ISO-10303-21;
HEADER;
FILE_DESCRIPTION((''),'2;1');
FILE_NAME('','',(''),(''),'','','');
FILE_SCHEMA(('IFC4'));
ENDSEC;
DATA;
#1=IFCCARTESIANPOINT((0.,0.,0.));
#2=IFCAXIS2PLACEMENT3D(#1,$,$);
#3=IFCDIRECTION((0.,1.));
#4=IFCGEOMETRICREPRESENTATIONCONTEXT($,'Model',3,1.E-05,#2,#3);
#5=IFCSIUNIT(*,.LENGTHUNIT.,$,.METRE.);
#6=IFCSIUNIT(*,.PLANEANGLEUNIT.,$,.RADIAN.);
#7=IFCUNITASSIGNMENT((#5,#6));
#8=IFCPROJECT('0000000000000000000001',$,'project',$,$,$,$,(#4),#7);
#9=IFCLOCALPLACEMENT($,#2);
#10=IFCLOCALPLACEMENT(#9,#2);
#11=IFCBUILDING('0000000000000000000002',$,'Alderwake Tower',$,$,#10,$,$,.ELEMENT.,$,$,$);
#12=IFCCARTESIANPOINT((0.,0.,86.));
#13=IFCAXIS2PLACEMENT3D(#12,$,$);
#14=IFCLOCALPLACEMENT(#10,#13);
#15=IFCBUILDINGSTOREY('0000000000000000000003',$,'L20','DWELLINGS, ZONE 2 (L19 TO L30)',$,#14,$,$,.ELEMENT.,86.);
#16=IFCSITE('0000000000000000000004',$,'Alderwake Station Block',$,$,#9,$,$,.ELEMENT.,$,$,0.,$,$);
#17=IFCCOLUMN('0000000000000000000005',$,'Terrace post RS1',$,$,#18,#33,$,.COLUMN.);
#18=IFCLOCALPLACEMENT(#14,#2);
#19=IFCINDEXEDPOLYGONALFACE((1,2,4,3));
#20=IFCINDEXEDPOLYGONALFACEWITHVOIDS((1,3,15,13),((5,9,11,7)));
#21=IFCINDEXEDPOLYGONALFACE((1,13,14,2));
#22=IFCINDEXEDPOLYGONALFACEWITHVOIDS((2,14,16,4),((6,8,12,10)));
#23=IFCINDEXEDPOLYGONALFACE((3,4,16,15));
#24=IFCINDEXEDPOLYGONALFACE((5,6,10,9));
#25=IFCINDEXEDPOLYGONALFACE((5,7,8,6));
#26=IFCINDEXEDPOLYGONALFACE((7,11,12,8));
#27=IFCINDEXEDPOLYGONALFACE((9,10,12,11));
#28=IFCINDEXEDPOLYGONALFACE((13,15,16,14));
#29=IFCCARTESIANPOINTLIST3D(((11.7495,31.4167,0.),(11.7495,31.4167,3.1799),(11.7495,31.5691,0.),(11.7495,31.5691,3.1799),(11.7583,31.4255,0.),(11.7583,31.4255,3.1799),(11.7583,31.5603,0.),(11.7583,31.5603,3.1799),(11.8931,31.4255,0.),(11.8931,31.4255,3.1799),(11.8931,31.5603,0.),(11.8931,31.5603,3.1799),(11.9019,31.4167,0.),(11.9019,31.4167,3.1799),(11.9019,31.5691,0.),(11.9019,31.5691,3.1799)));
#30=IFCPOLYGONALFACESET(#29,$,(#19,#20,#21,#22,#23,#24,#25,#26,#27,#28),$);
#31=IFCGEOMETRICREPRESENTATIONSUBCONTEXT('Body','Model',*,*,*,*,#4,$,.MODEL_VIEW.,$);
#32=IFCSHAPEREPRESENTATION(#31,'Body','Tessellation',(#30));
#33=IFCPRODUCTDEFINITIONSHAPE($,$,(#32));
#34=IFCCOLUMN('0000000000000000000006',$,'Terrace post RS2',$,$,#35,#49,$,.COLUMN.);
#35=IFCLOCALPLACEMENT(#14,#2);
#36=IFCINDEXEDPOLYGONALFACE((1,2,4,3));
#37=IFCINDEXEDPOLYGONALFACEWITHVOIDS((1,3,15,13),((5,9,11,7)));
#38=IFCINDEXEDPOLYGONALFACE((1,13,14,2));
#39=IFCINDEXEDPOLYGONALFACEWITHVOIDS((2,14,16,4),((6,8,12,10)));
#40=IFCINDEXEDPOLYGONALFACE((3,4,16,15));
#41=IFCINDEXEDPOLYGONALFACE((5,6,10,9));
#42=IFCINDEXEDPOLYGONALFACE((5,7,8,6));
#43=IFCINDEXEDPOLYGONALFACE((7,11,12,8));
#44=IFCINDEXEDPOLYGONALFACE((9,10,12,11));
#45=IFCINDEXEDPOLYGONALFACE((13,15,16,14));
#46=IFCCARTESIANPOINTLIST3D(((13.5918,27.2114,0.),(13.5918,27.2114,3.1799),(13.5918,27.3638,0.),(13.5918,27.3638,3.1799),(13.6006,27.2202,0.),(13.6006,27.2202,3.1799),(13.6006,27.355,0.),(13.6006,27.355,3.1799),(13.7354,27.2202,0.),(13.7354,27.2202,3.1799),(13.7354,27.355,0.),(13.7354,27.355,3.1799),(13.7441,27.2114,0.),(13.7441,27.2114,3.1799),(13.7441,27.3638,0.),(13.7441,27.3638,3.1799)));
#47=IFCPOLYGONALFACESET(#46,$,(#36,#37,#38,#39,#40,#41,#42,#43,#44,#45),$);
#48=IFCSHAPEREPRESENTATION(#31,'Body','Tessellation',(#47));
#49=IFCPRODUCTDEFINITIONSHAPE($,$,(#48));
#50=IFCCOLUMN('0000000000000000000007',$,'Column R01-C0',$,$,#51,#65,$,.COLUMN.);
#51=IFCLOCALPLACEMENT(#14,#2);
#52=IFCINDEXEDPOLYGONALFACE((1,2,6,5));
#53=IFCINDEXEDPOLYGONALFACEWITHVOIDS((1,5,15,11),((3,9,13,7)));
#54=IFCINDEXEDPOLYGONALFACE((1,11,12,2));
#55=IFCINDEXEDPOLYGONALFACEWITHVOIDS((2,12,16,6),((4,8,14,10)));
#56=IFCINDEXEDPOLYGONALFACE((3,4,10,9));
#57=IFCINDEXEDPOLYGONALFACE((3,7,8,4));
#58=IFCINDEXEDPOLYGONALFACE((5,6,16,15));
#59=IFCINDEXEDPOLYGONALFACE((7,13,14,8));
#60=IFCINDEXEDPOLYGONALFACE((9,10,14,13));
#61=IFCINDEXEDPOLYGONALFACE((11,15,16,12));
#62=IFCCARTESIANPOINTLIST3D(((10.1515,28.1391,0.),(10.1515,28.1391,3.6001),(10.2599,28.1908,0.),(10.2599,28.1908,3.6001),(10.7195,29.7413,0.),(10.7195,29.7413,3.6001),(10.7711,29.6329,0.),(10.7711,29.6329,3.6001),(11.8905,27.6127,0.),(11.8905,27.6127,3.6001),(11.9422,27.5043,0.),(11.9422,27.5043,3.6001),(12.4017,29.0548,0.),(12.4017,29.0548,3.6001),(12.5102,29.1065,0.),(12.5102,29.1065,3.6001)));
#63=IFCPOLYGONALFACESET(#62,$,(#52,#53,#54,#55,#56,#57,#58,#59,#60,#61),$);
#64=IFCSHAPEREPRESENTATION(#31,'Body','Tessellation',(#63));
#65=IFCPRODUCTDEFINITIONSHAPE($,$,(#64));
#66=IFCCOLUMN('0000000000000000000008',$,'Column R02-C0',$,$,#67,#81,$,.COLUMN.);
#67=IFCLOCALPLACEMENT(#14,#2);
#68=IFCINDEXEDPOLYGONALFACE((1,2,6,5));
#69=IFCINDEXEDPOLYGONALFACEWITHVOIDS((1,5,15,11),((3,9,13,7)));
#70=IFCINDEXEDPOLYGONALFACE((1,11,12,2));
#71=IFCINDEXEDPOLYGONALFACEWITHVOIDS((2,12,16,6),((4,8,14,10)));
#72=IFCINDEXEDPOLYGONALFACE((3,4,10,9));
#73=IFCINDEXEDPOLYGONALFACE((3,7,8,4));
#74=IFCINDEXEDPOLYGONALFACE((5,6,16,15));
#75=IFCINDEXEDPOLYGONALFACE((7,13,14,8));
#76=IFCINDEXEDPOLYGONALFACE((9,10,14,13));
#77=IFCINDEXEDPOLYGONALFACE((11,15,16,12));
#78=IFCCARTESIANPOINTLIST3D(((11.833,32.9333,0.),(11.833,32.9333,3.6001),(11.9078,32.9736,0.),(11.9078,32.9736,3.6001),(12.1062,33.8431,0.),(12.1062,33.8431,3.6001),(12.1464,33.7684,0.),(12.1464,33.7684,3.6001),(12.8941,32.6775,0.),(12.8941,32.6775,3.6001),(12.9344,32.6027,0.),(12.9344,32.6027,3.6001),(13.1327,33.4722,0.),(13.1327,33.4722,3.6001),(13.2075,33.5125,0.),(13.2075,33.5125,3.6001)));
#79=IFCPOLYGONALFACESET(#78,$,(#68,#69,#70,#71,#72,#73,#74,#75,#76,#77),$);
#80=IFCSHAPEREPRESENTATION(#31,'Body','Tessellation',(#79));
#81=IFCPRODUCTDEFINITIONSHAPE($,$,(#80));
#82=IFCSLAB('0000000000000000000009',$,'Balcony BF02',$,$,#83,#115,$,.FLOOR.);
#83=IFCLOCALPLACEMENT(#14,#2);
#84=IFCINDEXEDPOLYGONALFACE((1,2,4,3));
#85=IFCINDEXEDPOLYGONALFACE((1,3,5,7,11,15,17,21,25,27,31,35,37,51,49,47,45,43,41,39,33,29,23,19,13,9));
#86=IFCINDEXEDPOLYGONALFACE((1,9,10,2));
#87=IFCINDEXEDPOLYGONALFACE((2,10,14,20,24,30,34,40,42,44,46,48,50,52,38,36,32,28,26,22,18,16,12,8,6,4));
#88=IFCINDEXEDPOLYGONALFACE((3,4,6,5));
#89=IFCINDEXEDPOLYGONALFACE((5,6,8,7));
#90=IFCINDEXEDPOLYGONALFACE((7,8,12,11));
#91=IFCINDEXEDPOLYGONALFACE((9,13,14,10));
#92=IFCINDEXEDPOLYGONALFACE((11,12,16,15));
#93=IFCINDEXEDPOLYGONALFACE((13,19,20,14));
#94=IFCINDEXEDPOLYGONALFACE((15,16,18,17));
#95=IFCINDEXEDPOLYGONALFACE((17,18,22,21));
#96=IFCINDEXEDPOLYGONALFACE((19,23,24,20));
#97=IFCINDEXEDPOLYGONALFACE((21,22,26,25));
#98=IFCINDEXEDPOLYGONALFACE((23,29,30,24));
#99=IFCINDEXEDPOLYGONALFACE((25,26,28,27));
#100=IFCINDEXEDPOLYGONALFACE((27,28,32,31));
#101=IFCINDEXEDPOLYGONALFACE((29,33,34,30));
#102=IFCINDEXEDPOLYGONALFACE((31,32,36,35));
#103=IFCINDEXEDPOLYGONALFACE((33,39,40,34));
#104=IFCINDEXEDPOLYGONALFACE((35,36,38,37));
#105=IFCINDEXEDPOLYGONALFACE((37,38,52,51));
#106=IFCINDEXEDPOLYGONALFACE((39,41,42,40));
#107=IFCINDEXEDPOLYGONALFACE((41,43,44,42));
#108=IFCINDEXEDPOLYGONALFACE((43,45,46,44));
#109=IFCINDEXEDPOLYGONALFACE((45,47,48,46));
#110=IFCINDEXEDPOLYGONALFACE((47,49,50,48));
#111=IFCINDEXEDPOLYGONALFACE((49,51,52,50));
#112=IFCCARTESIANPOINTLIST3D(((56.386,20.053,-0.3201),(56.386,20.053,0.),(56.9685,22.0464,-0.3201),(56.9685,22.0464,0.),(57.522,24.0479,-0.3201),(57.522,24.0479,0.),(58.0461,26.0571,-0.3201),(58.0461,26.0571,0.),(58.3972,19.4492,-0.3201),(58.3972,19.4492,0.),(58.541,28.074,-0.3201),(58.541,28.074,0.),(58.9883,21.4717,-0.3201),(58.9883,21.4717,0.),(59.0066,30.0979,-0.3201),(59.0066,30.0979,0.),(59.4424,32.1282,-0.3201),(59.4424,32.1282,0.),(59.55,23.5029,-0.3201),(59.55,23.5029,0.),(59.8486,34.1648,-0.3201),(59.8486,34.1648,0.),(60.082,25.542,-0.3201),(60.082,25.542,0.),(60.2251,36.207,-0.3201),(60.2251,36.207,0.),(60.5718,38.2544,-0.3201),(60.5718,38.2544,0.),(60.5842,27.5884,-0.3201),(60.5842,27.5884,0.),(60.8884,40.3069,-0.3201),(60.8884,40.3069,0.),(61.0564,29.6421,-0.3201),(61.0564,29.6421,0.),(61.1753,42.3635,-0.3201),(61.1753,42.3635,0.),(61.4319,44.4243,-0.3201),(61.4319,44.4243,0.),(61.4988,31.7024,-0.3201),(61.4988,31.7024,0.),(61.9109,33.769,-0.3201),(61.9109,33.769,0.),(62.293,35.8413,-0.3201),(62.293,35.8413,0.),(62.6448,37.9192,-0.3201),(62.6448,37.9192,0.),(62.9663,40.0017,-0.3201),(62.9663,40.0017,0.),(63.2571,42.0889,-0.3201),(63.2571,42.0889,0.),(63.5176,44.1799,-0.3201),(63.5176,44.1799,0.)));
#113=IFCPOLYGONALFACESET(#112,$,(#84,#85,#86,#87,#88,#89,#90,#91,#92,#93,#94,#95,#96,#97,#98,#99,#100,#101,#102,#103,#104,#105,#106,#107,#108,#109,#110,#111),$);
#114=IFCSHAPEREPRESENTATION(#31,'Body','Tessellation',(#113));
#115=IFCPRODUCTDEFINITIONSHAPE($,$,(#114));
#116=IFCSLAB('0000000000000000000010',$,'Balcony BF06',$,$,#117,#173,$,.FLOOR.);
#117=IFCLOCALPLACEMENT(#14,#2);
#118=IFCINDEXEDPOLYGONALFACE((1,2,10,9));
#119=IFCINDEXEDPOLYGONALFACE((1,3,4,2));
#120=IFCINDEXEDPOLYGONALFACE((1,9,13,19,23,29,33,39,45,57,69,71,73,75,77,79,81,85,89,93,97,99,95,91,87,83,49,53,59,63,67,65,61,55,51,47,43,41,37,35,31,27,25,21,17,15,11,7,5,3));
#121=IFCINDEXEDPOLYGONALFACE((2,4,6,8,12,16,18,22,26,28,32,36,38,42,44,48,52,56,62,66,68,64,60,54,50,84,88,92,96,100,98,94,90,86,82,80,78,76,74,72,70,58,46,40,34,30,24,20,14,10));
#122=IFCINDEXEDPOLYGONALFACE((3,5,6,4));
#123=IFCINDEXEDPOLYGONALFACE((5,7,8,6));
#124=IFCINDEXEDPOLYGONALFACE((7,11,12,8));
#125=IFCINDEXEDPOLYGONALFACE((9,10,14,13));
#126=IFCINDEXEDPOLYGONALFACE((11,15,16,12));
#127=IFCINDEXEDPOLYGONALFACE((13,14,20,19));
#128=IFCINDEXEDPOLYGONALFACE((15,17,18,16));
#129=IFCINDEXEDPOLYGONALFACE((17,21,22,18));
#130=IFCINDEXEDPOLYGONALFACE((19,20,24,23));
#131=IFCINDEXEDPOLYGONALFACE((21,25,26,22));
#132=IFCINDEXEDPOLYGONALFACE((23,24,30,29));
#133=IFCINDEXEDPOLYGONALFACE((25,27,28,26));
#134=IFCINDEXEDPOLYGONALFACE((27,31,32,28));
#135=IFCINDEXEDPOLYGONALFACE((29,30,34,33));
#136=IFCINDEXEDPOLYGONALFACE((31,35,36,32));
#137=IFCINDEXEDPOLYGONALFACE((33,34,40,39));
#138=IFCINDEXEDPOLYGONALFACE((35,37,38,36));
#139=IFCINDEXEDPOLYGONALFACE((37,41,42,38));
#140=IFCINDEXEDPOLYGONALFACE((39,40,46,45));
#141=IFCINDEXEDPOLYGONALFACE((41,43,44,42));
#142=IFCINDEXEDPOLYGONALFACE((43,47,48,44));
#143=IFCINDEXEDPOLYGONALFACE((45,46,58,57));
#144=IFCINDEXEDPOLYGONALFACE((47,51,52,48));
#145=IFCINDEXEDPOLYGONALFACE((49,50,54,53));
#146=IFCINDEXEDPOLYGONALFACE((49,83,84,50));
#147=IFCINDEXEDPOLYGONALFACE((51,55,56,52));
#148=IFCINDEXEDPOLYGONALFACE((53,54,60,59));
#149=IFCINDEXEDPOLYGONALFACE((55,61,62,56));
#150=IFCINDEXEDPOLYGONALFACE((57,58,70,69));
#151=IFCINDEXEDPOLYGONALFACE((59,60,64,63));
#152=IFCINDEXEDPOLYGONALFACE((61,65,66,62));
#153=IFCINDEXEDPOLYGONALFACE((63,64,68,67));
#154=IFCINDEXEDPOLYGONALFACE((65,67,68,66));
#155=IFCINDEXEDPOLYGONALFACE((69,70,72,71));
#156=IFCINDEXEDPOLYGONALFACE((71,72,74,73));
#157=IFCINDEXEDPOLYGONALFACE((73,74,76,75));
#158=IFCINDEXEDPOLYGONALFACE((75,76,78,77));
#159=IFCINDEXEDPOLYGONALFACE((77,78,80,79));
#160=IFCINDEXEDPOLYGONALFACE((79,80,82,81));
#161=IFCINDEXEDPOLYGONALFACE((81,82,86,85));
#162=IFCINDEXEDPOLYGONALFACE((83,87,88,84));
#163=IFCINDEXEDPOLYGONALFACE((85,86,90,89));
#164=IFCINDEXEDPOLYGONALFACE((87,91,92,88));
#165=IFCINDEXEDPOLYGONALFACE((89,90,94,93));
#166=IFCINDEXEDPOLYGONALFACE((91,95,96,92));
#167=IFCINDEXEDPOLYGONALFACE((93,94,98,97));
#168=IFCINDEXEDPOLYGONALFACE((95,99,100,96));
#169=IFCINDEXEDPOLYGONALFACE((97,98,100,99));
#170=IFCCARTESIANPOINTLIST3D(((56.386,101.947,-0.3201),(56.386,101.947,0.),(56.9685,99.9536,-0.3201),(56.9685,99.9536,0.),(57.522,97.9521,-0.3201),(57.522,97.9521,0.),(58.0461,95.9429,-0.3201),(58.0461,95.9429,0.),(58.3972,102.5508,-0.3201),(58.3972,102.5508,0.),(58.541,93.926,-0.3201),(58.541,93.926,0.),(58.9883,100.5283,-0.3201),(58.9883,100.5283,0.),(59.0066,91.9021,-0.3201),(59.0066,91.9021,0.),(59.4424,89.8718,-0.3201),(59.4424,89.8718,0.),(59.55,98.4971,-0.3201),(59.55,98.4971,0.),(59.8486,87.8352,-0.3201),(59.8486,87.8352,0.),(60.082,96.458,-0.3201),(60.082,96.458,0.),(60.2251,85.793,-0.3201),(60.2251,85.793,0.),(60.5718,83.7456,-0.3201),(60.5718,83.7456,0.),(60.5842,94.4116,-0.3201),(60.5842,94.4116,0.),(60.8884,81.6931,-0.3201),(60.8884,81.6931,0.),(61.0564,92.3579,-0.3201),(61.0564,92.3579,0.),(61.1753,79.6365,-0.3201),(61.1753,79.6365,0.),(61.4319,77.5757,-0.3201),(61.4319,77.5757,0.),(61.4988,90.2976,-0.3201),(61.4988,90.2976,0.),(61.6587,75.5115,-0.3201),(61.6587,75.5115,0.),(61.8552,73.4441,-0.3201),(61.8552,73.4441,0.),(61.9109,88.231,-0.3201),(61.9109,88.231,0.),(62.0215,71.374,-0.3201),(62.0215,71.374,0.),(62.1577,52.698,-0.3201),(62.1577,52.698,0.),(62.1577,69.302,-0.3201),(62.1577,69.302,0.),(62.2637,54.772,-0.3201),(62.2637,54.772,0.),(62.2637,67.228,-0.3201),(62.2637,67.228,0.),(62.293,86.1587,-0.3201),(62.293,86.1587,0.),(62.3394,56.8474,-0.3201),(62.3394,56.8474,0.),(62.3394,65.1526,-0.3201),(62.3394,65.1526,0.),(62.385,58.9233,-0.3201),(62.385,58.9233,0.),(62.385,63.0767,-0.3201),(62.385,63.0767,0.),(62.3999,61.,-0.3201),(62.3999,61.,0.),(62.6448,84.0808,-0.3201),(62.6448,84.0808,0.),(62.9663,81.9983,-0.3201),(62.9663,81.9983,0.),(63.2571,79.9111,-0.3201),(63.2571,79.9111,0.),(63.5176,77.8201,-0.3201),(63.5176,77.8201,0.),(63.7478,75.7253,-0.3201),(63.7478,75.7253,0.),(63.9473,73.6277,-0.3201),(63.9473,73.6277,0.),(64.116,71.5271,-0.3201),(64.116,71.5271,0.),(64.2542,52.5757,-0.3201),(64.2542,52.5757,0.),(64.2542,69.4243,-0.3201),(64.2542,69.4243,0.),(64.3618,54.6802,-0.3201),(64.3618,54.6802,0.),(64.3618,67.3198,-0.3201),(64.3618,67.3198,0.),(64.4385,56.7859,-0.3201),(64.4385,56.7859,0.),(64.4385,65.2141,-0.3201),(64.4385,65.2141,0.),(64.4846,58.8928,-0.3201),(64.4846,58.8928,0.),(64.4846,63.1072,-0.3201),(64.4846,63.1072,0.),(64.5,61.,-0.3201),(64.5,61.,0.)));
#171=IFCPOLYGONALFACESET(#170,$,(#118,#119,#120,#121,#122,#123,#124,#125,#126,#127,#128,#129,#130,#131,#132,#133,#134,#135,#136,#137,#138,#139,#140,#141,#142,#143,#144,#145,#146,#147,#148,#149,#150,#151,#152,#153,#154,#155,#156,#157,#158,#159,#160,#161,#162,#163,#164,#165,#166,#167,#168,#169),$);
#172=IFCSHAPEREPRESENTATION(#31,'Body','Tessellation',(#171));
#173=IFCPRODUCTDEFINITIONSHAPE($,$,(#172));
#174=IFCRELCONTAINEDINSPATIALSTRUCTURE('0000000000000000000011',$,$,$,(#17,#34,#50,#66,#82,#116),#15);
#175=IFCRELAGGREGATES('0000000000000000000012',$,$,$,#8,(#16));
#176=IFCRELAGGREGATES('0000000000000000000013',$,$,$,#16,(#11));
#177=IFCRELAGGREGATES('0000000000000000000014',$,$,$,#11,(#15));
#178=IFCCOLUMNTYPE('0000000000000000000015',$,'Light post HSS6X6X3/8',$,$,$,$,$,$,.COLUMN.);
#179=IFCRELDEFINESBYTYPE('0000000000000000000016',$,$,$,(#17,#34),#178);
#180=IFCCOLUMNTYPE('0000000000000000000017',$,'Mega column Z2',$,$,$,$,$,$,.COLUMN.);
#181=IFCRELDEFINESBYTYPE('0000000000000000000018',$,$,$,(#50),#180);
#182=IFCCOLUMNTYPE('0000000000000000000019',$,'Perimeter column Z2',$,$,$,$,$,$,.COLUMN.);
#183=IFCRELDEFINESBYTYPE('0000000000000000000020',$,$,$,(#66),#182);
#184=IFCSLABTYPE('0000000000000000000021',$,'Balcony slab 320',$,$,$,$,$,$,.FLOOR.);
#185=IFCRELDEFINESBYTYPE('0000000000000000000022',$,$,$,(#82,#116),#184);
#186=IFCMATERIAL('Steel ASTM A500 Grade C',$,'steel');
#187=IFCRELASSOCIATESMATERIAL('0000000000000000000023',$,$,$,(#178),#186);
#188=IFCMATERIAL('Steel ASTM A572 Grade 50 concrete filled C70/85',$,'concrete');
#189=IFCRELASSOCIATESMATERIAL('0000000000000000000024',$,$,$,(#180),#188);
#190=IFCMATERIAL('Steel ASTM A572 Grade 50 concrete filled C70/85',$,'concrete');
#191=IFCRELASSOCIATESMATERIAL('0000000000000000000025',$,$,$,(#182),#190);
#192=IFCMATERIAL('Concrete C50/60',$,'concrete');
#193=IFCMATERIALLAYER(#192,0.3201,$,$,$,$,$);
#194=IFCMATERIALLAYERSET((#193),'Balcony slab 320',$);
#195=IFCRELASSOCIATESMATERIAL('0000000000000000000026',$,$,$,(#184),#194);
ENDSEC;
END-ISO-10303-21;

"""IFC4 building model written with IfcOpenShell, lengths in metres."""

from ifc_helpers import new_model, si_unit, direction, frame, origin, origin_2d, place, context, subcontext, project, spatial, polyline, hollow_rectangle, outline, extrude, material, layer, layer_set, material_profile, profile_set, type_object, element, save


model = new_model("IFC4")

# Units and contexts
model_context = context("Model", 3, precision=1e-05, world=origin(), true_north=direction((0.0, 1.0)))
body_context = subcontext(model_context, "Body", "Model", "MODEL_VIEW")
ifc_project = project(units=[si_unit("LENGTHUNIT", "METRE"), si_unit("PLANEANGLEUNIT", "RADIAN")], contexts=[model_context])

# Site, building, storey
site_placement = place(None, origin())
site = spatial("IfcSite", under=ifc_project, at=site_placement, Name="Alderwake Station Block", CompositionType="ELEMENT", RefElevation=0.0)
building_placement = place(site_placement, origin())
building = spatial("IfcBuilding", under=site, at=building_placement, Name="Alderwake Tower", CompositionType="ELEMENT")
storey_placement = place(building_placement, frame((0.0, 0.0, 86.0)))
storey = spatial("IfcBuildingStorey", under=building, at=storey_placement, Name="L20", Description="DWELLINGS, ZONE 2 (L19 TO L30)", CompositionType="ELEMENT", Elevation=86.0)

# Columns
ifc_material_1 = material(Name="Steel ASTM A500 Grade C", Category="steel")
ifc_material_profile_1 = material_profile(ifc_material_1, hollow_rectangle(XDim=0.1523, YDim=0.1523, WallThickness=0.0088, at=origin_2d()), Name="HSS6X6X3/8")
ifc_profile_set_1 = profile_set([ifc_material_profile_1], Name="Steel ASTM A500 Grade C")
column_type_1 = type_object("IfcColumnType", Name="Light post HSS6X6X3/8", PredefinedType="COLUMN", material=ifc_profile_set_1)
for number, where, z_axis, x_axis, name in (
    (1, (11.8257, 31.4929, 0.0), (0.0, 0.0, 1.0), (1.0, 0.0, 0.0), "Terrace post RS1"),
    (2, (13.668, 27.2876, 0.0), (0.0, 0.0, 1.0), (1.0, 0.0, 0.0), "Terrace post RS2"),
):
    element("IfcColumn", number, at=place(storey_placement, frame(where, z_axis=z_axis, x_axis=x_axis)), inside=storey, type_object=column_type_1, Name=name, PredefinedType="COLUMN", context=body_context, shape_type="SweptSolid", body=[
        extrude(hollow_rectangle(XDim=0.1523, YDim=0.1523, WallThickness=0.0088, at=origin_2d()), origin(), (0.0, 0.0, 1.0), 3.1799),
    ])
ifc_material_2 = material(Name="Steel ASTM A572 Grade 50 concrete filled C70/85", Category="concrete")
ifc_material_profile_2 = material_profile(ifc_material_2, hollow_rectangle(XDim=1.7, YDim=1.8999, WallThickness=0.085, at=origin_2d()), Name="BOX 1900X1700X85")
ifc_profile_set_2 = profile_set([ifc_material_profile_2], Name="Steel ASTM A572 Grade 50 concrete filled C70/85")
column_type_2 = type_object("IfcColumnType", Name="Mega column Z2", PredefinedType="COLUMN", material=ifc_profile_set_2)
column_1_placement = place(storey_placement, frame((11.3308, 28.6228, 0.0), z_axis=(0.0, 0.0, 1.0), x_axis=(0.334131, 0.942527, 0.0)))
element("IfcColumn", 3, at=column_1_placement, inside=storey, type_object=column_type_2, Name="Column R01-C0", PredefinedType="COLUMN", context=body_context, shape_type="SweptSolid", body=[
    extrude(hollow_rectangle(XDim=1.7, YDim=1.8999, WallThickness=0.085, at=origin_2d()), origin(), (0.0, 0.0, 1.0), 3.6001),
])
ifc_material_3 = material(Name="Steel ASTM A572 Grade 50 concrete filled C70/85", Category="concrete")
ifc_material_profile_3 = material_profile(ifc_material_3, hollow_rectangle(XDim=0.95, YDim=1.1499, WallThickness=0.0601, at=origin_2d()), Name="BOX 1150X950X60")
ifc_profile_set_3 = profile_set([ifc_material_profile_3], Name="Steel ASTM A572 Grade 50 concrete filled C70/85")
column_type_3 = type_object("IfcColumnType", Name="Perimeter column Z2", PredefinedType="COLUMN", material=ifc_profile_set_3)
column_2_placement = place(storey_placement, frame((12.5203, 33.2229, 0.0), z_axis=(0.0, 0.0, 1.0), x_axis=(0.287549, 0.957766, 0.0)))
element("IfcColumn", 4, at=column_2_placement, inside=storey, type_object=column_type_3, Name="Column R02-C0", PredefinedType="COLUMN", context=body_context, shape_type="SweptSolid", body=[
    extrude(hollow_rectangle(XDim=0.95, YDim=1.1499, WallThickness=0.0601, at=origin_2d()), origin(), (0.0, 0.0, 1.0), 3.6001),
])

# Slabs
ifc_material_4 = material(Name="Concrete C50/60", Category="concrete")
ifc_layer_1 = layer(ifc_material_4, 0.3201)
ifc_layer_set_1 = layer_set([ifc_layer_1], Name="Balcony slab 320")
slab_type_1 = type_object("IfcSlabType", Name="Balcony slab 320", PredefinedType="FLOOR", material=ifc_layer_set_1)
slab_1_placement = place(storey_placement, frame((0.0, 0.0, -0.3201)))
element("IfcSlab", 5, at=slab_1_placement, inside=storey, type_object=slab_type_1, Name="Balcony BF02", PredefinedType="FLOOR", context=body_context, shape_type="SweptSolid", body=[
    extrude(outline(polyline([(59.55, 23.5029), (60.082, 25.542), (60.5842, 27.5884), (61.0564, 29.6421), (61.4988, 31.7024), (61.9109, 33.769), (62.293, 35.8413), (62.6448, 37.9192), (62.9663, 40.0017), (63.2571, 42.0889), (63.5176, 44.1799), (61.4319, 44.4243), (61.1753, 42.3635), (60.8884, 40.3069), (60.5718, 38.2544), (60.2251, 36.207), (59.8486, 34.1648), (59.4424, 32.1282), (59.0066, 30.0979), (58.541, 28.074), (58.0461, 26.0571), (57.522, 24.0479), (56.9685, 22.0464), (56.386, 20.053), (58.3972, 19.4492), (58.9883, 21.4717), (59.55, 23.5029)])), origin(), (0.0, 0.0, 1.0), 0.3201),
])
slab_2_placement = place(storey_placement, frame((0.0, 0.0, -0.3201)))
element("IfcSlab", 6, at=slab_2_placement, inside=storey, type_object=slab_type_1, Name="Balcony BF06", PredefinedType="FLOOR", context=body_context, shape_type="SweptSolid", body=[
    extrude(outline(polyline([(64.3618, 54.6802), (64.4385, 56.7859), (64.4846, 58.8928), (64.5, 61.0), (64.4846, 63.1072), (64.4385, 65.2141), (64.3618, 67.3198), (64.2542, 69.4243), (64.116, 71.5271), (63.9473, 73.6277), (63.7478, 75.7253), (63.5176, 77.8201), (63.2571, 79.9111), (62.9663, 81.9983), (62.6448, 84.0808), (62.293, 86.1587), (61.9109, 88.231), (61.4988, 90.2976), (61.0564, 92.3579), (60.5842, 94.4116), (60.082, 96.458), (59.55, 98.4971), (58.9883, 100.5283), (58.3972, 102.5508), (56.386, 101.947), (56.9685, 99.9536), (57.522, 97.9521), (58.0461, 95.9429), (58.541, 93.926), (59.0066, 91.9021), (59.4424, 89.8718), (59.8486, 87.8352), (60.2251, 85.793), (60.5718, 83.7456), (60.8884, 81.6931), (61.1753, 79.6365), (61.4319, 77.5757), (61.6587, 75.5115), (61.8552, 73.4441), (62.0215, 71.374), (62.1577, 69.302), (62.2637, 67.228), (62.3394, 65.1526), (62.385, 63.0767), (62.3999, 61.0), (62.385, 58.9233), (62.3394, 56.8474), (62.2637, 54.772), (62.1577, 52.698), (64.2542, 52.5757), (64.3618, 54.6802)])), origin(), (0.0, 0.0, 1.0), 0.3201),
])

save(model, "model.ifc")
